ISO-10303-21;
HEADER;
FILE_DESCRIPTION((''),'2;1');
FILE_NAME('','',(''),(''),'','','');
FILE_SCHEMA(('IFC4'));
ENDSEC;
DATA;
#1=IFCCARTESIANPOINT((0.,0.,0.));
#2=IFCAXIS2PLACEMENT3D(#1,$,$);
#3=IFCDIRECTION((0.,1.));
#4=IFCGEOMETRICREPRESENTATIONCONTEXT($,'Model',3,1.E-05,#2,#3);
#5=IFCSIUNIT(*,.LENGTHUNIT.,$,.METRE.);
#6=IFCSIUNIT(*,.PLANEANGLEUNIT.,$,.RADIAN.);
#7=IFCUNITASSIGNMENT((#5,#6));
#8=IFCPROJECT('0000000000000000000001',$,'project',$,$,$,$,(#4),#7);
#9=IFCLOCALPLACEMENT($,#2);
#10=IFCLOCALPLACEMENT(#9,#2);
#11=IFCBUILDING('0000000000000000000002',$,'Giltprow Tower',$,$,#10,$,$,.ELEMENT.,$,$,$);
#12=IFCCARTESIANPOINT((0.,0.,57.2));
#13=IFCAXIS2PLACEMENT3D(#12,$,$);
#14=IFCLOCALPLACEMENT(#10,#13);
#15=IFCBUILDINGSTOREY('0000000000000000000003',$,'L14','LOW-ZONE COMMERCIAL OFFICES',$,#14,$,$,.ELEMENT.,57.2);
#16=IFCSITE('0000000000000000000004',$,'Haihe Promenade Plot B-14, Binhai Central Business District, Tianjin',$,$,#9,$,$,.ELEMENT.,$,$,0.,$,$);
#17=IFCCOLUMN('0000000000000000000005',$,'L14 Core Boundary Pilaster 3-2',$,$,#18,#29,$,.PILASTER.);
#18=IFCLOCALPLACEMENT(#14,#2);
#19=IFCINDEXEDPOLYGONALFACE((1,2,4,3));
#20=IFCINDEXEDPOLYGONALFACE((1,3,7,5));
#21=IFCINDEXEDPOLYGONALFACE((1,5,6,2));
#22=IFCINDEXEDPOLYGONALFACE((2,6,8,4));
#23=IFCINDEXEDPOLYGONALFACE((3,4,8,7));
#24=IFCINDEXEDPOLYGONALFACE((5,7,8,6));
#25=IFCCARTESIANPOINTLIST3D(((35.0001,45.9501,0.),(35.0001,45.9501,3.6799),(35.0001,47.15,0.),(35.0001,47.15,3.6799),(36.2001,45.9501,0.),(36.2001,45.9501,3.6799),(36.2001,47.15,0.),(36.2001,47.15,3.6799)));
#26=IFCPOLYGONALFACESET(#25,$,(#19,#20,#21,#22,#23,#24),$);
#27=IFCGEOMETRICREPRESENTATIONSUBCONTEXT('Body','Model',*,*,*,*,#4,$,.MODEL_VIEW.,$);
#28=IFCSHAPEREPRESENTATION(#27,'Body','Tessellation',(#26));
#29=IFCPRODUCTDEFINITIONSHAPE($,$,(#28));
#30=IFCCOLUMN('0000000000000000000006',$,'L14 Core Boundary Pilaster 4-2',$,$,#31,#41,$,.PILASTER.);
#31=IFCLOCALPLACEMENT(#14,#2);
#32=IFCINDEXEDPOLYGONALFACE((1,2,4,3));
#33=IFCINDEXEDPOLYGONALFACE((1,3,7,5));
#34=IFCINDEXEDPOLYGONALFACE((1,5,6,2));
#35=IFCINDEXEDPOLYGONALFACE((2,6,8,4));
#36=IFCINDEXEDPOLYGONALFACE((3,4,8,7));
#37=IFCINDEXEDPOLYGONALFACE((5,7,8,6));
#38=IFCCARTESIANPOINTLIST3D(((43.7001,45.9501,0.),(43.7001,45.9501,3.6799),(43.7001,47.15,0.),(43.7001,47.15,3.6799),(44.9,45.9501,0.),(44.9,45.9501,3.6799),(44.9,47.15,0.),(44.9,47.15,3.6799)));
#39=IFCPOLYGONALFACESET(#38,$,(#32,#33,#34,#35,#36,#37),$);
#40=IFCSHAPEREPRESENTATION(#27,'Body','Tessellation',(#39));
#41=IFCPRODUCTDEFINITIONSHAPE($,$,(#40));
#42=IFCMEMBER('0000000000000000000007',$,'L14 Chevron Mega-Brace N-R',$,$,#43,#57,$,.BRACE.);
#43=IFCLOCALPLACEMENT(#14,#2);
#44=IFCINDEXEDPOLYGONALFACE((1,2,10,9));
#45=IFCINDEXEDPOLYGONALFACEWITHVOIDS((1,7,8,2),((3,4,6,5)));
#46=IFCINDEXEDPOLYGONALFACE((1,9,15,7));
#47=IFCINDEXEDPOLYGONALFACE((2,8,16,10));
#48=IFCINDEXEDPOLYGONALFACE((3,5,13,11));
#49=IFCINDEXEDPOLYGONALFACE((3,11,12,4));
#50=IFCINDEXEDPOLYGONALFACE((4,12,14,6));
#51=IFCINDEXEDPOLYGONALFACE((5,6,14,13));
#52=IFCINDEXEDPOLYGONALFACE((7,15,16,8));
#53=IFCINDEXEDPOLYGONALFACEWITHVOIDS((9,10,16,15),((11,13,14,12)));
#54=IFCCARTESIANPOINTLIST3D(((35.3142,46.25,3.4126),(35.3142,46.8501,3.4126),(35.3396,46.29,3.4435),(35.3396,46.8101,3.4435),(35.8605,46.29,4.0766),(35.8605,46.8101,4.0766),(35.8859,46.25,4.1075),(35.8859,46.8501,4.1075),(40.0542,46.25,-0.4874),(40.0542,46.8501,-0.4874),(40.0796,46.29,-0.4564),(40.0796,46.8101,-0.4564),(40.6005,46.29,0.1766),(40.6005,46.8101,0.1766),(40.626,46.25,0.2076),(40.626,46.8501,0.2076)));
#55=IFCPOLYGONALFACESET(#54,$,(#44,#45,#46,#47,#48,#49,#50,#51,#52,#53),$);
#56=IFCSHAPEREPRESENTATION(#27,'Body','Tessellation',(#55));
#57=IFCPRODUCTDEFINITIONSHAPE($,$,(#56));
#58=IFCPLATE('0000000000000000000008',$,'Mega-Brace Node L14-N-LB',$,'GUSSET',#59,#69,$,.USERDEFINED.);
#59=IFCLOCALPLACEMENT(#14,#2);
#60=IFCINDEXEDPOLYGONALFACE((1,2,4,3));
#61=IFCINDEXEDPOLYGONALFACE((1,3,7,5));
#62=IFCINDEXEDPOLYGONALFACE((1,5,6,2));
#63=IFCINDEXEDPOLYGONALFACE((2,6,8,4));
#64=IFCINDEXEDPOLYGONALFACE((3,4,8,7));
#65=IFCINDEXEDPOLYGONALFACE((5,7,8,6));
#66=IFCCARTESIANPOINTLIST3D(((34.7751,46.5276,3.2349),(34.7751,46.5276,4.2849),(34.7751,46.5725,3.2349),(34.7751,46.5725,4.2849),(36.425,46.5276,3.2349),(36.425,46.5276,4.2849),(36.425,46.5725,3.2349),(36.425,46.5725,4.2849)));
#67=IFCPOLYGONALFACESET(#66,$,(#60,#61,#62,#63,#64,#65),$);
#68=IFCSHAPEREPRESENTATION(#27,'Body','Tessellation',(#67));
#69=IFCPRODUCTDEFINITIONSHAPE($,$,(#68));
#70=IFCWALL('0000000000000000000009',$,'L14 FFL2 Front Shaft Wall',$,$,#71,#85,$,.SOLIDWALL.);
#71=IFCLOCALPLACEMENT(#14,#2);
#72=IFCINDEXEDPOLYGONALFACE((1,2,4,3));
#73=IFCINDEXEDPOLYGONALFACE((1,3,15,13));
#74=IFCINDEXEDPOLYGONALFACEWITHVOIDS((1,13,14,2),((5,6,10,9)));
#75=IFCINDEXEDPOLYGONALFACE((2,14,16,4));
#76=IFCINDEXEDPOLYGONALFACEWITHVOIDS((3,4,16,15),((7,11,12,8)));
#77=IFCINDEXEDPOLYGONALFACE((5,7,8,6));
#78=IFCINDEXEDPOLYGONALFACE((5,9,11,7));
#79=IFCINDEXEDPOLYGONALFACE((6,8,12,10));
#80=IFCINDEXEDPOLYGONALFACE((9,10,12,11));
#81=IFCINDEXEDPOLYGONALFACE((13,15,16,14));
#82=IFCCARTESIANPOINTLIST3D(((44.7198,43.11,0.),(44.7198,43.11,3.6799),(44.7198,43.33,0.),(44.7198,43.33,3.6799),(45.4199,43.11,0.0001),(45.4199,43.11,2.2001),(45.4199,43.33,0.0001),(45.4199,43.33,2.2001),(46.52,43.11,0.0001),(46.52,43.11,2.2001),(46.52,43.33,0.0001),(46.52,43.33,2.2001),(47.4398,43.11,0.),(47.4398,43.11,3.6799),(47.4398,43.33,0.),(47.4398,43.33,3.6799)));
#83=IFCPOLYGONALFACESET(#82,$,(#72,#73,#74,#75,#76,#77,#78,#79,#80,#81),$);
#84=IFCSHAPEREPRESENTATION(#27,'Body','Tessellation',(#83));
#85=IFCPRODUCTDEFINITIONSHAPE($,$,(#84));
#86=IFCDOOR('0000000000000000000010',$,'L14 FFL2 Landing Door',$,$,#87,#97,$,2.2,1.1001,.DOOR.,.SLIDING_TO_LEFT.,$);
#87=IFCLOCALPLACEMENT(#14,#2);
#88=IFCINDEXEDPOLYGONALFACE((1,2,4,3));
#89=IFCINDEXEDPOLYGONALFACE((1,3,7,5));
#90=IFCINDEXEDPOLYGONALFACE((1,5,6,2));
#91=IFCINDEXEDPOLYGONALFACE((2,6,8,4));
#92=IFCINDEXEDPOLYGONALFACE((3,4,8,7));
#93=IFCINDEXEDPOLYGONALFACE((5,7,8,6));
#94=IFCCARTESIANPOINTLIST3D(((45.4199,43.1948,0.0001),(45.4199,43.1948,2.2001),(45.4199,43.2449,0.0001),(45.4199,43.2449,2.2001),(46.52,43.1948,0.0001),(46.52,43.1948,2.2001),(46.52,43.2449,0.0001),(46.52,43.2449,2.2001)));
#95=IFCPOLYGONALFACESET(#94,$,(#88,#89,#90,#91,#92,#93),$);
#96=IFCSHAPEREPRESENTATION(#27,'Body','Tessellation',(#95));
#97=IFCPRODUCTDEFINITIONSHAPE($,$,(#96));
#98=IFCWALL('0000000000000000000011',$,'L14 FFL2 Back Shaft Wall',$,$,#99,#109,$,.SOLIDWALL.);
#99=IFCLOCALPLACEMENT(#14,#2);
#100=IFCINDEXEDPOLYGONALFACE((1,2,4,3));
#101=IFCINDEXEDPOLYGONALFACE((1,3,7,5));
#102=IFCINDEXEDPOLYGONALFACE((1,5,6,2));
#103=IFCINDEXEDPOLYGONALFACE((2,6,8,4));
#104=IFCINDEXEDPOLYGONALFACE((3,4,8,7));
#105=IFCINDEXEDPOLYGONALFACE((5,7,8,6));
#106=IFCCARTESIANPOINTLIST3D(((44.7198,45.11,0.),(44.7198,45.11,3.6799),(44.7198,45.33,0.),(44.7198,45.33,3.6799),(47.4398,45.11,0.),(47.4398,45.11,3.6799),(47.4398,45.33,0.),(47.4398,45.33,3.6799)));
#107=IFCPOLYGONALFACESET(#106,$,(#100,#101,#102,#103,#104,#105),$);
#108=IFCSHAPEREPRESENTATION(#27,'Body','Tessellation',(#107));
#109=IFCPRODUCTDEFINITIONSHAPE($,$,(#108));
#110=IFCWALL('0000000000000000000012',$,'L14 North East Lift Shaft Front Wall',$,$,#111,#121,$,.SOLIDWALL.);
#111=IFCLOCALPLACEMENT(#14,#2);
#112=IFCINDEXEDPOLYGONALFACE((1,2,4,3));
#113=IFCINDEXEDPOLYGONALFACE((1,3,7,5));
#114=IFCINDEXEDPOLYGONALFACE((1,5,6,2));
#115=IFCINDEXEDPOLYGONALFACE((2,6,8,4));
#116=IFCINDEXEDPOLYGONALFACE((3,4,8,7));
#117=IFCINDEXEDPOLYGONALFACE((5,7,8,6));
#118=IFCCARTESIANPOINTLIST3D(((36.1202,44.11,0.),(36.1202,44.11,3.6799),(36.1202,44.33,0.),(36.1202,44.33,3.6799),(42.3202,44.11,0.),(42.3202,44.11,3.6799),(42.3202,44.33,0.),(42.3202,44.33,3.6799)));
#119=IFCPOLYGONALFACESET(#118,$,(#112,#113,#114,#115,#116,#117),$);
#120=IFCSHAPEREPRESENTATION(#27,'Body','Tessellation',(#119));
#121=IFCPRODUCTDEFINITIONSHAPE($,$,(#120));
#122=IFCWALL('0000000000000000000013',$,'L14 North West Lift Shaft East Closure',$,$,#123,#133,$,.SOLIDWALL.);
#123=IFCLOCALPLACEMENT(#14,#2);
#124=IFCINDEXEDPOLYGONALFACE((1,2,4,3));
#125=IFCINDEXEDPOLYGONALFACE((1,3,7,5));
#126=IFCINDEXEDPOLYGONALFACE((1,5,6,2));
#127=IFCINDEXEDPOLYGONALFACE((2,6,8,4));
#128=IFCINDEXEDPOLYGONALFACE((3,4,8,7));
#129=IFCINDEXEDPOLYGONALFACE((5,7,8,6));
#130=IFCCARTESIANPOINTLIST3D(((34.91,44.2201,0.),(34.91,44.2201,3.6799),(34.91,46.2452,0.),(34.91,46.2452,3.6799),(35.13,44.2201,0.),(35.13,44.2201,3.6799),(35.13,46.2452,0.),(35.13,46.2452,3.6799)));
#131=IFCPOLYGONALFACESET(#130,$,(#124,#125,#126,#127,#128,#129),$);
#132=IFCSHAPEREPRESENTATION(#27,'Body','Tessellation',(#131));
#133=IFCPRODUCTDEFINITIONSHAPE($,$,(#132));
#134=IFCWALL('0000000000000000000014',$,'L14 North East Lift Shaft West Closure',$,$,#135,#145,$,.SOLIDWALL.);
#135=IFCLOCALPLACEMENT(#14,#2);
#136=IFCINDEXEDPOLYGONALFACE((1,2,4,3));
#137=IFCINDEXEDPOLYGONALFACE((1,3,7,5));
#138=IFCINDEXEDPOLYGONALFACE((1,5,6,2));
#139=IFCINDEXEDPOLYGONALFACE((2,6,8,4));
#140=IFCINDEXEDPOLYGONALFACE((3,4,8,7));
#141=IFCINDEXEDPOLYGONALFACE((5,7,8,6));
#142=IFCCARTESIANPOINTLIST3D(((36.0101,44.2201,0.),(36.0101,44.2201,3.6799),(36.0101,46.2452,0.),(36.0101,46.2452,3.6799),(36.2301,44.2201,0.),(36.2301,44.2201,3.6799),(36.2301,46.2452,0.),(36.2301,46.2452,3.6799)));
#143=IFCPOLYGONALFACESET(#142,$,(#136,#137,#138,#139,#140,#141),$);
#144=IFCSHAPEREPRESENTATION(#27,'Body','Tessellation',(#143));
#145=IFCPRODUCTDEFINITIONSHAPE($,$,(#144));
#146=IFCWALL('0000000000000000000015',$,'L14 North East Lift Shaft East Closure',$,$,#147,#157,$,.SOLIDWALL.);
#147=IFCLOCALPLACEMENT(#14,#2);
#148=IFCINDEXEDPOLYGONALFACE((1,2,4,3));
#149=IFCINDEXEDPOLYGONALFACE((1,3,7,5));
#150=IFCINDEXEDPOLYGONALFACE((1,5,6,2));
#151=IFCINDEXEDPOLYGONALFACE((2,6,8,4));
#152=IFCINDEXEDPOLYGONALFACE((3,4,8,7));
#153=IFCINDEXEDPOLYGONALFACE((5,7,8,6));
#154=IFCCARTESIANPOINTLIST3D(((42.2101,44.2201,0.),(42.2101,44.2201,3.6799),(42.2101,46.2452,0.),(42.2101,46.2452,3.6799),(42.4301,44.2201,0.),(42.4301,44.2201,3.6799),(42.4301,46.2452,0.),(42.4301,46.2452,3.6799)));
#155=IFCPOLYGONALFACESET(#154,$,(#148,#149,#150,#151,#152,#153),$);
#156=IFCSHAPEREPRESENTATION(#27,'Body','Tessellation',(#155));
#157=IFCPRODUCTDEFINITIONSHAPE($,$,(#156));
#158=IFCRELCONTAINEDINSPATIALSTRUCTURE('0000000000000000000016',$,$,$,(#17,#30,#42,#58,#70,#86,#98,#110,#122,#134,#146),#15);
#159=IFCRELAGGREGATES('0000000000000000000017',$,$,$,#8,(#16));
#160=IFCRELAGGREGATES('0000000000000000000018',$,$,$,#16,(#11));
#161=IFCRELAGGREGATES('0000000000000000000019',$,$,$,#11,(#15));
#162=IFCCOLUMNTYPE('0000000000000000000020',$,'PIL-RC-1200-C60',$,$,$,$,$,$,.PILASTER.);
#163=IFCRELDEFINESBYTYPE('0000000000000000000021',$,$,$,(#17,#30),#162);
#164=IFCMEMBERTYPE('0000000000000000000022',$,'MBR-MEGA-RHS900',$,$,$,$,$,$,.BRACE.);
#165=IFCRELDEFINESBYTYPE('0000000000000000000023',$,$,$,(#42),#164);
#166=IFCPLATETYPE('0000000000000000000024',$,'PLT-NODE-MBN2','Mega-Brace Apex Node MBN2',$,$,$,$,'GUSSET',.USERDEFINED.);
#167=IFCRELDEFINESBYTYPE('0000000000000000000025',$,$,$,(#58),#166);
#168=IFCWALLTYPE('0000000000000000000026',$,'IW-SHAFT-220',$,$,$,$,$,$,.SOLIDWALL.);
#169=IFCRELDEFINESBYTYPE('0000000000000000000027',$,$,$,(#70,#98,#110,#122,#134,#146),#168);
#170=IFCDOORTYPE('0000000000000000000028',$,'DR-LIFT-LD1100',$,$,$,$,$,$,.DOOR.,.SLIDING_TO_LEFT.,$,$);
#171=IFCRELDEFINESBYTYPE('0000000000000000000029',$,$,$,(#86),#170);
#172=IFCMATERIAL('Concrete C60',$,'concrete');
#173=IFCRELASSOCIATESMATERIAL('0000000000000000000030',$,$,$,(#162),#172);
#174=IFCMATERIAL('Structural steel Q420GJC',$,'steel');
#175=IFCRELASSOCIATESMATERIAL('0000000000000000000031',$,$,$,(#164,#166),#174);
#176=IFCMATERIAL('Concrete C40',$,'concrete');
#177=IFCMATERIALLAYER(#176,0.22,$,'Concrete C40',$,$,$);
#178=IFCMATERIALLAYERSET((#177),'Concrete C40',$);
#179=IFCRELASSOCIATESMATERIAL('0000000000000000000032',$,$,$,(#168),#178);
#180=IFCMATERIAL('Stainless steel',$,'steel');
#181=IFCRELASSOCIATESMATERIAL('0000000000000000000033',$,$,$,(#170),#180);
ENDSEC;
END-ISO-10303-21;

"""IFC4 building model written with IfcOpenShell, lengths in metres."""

from ifc_helpers import new_model, si_unit, direction, frame, frame_2d, origin, origin_2d, place, context, subcontext, project, spatial, rectangle, hollow_rectangle, extrude, source, transform, mapped, material, layer, layer_set, material_profile, profile_set, type_object, element, fill, save


model = new_model("IFC4")

# Units and contexts
model_context = context("Model", 3, precision=1e-05, world=origin(), true_north=direction((0.0, 1.0)))
body_context = subcontext(model_context, "Body", "Model", "MODEL_VIEW")
ifc_project = project(units=[si_unit("LENGTHUNIT", "METRE"), si_unit("PLANEANGLEUNIT", "RADIAN")], contexts=[model_context])

# Site, building, storey
site_placement = place(None, origin())
site = spatial("IfcSite", under=ifc_project, at=site_placement, Name="Haihe Promenade Plot B-14, Binhai Central Business District, Tianjin", CompositionType="ELEMENT", RefElevation=0.0)
building_placement = place(site_placement, origin())
building = spatial("IfcBuilding", under=site, at=building_placement, Name="Giltprow Tower", CompositionType="ELEMENT")
storey_placement = place(building_placement, frame((0.0, 0.0, 57.2)))
storey = spatial("IfcBuildingStorey", under=building, at=storey_placement, Name="L14", Description="LOW-ZONE COMMERCIAL OFFICES", CompositionType="ELEMENT", Elevation=57.2)

# Columns
ifc_material_1 = material(Name="Concrete C60", Category="concrete")
ifc_material_profile_1 = material_profile(ifc_material_1, rectangle(XDim=1.2, YDim=1.2, at=origin_2d()), Name="RC 1200x1200")
ifc_profile_set_1 = profile_set([ifc_material_profile_1], Name="Concrete C60")
column_type = type_object("IfcColumnType", Name="PIL-RC-1200-C60", PredefinedType="PILASTER", material=ifc_profile_set_1)
shared_shape_1 = source(origin(), body_context, "Body", "SweptSolid", [
    extrude(rectangle(XDim=1.2, YDim=1.2, at=origin_2d()), origin(), (0.0, 0.0, 1.0), 3.6799),
])
for number, where, z_axis, x_axis, name in (
    (1, (35.6001, 46.55, 0.0), (0.0, 0.0, 1.0), (1.0, 0.0, 0.0), "L14 Core Boundary Pilaster 3-2"),
    (2, (44.3, 46.55, 0.0), (0.0, 0.0, 1.0), (1.0, 0.0, 0.0), "L14 Core Boundary Pilaster 4-2"),
):
    element("IfcColumn", number, at=place(storey_placement, frame(where, z_axis=z_axis, x_axis=x_axis)), inside=storey, type_object=column_type, Name=name, PredefinedType="PILASTER", context=body_context, shape_type="MappedRepresentation", body=[
        mapped(shared_shape_1, transform((0.0, 0.0, 0.0), x_axis=(1.0, 0.0, 0.0), y_axis=(0.0, 1.0, 0.0), z_axis=(0.0, 0.0, 1.0), scale=1.0)),
    ])

# Member
ifc_material_2 = material(Name="Structural steel Q420GJC", Category="steel")
ifc_material_profile_2 = material_profile(ifc_material_2, hollow_rectangle(XDim=0.6001, YDim=0.8999, WallThickness=0.04, at=origin_2d()), Name="RHS 900x600x40")
ifc_profile_set_2 = profile_set([ifc_material_profile_2], Name="Structural steel Q420GJC")
member_type = type_object("IfcMemberType", Name="MBR-MEGA-RHS900", PredefinedType="BRACE", material=ifc_profile_set_2)
shared_shape_2 = source(origin(), body_context, "Body", "SweptSolid", [
    extrude(hollow_rectangle(XDim=0.6001, YDim=0.8999, WallThickness=0.04, at=origin_2d()), origin(), (0.0, 0.0, 1.0), 6.1382),
])
member_placement = place(storey_placement, frame((40.3401, 46.55, -0.1399), z_axis=(-0.772219, 0.0, 0.635356), x_axis=(0.0, -1.0, 0.0)))
element("IfcMember", 3, at=member_placement, inside=storey, type_object=member_type, Name="L14 Chevron Mega-Brace N-R", PredefinedType="BRACE", context=body_context, shape_type="MappedRepresentation", body=[
    mapped(shared_shape_2, transform((0.0, 0.0, 0.0), x_axis=(1.0, 0.0, 0.0), y_axis=(0.0, 1.0, 0.0), z_axis=(0.0, 0.0, 1.0), scale=1.0)),
])

# Plate
plate_type = type_object("IfcPlateType", Name="PLT-NODE-MBN2", Description="Mega-Brace Apex Node MBN2", ElementType="GUSSET", PredefinedType="USERDEFINED", material=ifc_material_2)
shared_shape_3 = source(origin(), body_context, "Body", "SweptSolid", [
    extrude(rectangle(XDim=1.6499, YDim=0.0449, at=origin_2d()), origin(), (0.0, 0.0, 1.0), 1.05),
])
plate_placement = place(storey_placement, frame((35.6001, 46.55, 3.2349), z_axis=(0.0, 0.0, 1.0), x_axis=(1.0, 0.0, 0.0)))
element("IfcPlate", 4, at=plate_placement, inside=storey, type_object=plate_type, Name="Mega-Brace Node L14-N-LB", ObjectType="GUSSET", PredefinedType="USERDEFINED", context=body_context, shape_type="MappedRepresentation", body=[
    mapped(shared_shape_3, transform((0.0, 0.0, 0.0), x_axis=(1.0, 0.0, 0.0), y_axis=(0.0, 1.0, 0.0), z_axis=(0.0, 0.0, 1.0), scale=1.0)),
])

# Wall, opening, door
ifc_material_3 = material(Name="Concrete C40", Category="concrete")
ifc_layer_1 = layer(ifc_material_3, 0.22, Name="Concrete C40")
ifc_layer_set_1 = layer_set([ifc_layer_1], Name="Concrete C40")
wall_type_1 = type_object("IfcWallType", Name="IW-SHAFT-220", PredefinedType="SOLIDWALL", material=ifc_layer_set_1)
wall_1_placement = place(storey_placement, frame((44.72, 43.22, 0.0), z_axis=(0.0, 0.0, 1.0), x_axis=(1.0, 0.0, 0.0)))
wall_1 = element("IfcWall", 5, at=wall_1_placement, inside=storey, type_object=wall_type_1, Name="L14 FFL2 Front Shaft Wall", PredefinedType="SOLIDWALL", context=body_context, shape_type="SweptSolid", body=[
    extrude(rectangle(XDim=2.72, YDim=0.22, at=frame_2d((1.3599, 0.0))), origin(), (0.0, 0.0, 1.0), 3.6799),
])
opening_1_placement = place(wall_1_placement, frame((0.7, 0.0, 0.0)))
opening_1 = element("IfcOpeningElement", 6, at=opening_1_placement, cuts=wall_1, PredefinedType="OPENING", context=body_context, shape_type="SweptSolid", body=[
    extrude(rectangle(XDim=1.1001, YDim=2.2, at=frame_2d((0.55, 1.1001))), frame((0.0, 0.1199, 0.0), z_axis=(0.0, -1.0, 0.0), x_axis=(1.0, 0.0, 0.0)), (0.0, 0.0, 1.0), 0.24),
])
ifc_material_4 = material(Name="Stainless steel", Category="steel")
door_type = type_object("IfcDoorType", Name="DR-LIFT-LD1100", OperationType="SLIDING_TO_LEFT", PredefinedType="DOOR", material=ifc_material_4)
shared_shape_4 = source(origin(), body_context, "Body", "SweptSolid", [
    extrude(rectangle(XDim=1.1001, YDim=2.2, at=frame_2d((0.55, 1.1001))), frame((0.0, 0.0249, 0.0), z_axis=(0.0, -1.0, 0.0), x_axis=(1.0, 0.0, 0.0)), (0.0, 0.0, 1.0), 0.05),
])
door_1_placement = place(opening_1_placement, origin())
door_1 = element("IfcDoor", 7, at=door_1_placement, inside=storey, type_object=door_type, Name="L14 FFL2 Landing Door", OperationType="SLIDING_TO_LEFT", OverallHeight=2.2, OverallWidth=1.1001, PredefinedType="DOOR", context=body_context, shape_type="MappedRepresentation", body=[
    mapped(shared_shape_4, transform((0.0, 0.0, 0.0), x_axis=(1.0, 0.0, 0.0), y_axis=(0.0, 1.0, 0.0), z_axis=(0.0, 0.0, 1.0), scale=1.0)),
])
fill(opening_1, door_1)

# Walls
wall_2_placement = place(storey_placement, frame((44.72, 45.22, 0.0), z_axis=(0.0, 0.0, 1.0), x_axis=(1.0, 0.0, 0.0)))
element("IfcWall", 8, at=wall_2_placement, inside=storey, type_object=wall_type_1, Name="L14 FFL2 Back Shaft Wall", PredefinedType="SOLIDWALL", context=body_context, shape_type="SweptSolid", body=[
    extrude(rectangle(XDim=2.72, YDim=0.22, at=frame_2d((1.3599, 0.0))), origin(), (0.0, 0.0, 1.0), 3.6799),
])
wall_3_placement = place(storey_placement, frame((36.1201, 44.22, 0.0), z_axis=(0.0, 0.0, 1.0), x_axis=(1.0, 0.0, 0.0)))
element("IfcWall", 9, at=wall_3_placement, inside=storey, type_object=wall_type_1, Name="L14 North East Lift Shaft Front Wall", PredefinedType="SOLIDWALL", context=body_context, shape_type="SweptSolid", body=[
    extrude(rectangle(XDim=6.2, YDim=0.22, at=frame_2d((3.1001, 0.0))), origin(), (0.0, 0.0, 1.0), 3.6799),
])
for number, where, z_axis, x_axis, name in (
    (10, (35.02, 44.22, 0.0), (0.0, 0.0, 1.0), (0.0, 1.0, 0.0), "L14 North West Lift Shaft East Closure"),
    (11, (36.1201, 44.22, 0.0), (0.0, 0.0, 1.0), (0.0, 1.0, 0.0), "L14 North East Lift Shaft West Closure"),
    (12, (42.3201, 44.22, 0.0), (0.0, 0.0, 1.0), (0.0, 1.0, 0.0), "L14 North East Lift Shaft East Closure"),
):
    element("IfcWall", number, at=place(storey_placement, frame(where, z_axis=z_axis, x_axis=x_axis)), inside=storey, type_object=wall_type_1, Name=name, PredefinedType="SOLIDWALL", context=body_context, shape_type="SweptSolid", body=[
        extrude(rectangle(XDim=2.0251, YDim=0.22, at=frame_2d((1.0127, 0.0))), origin(), (0.0, 0.0, 1.0), 3.6799),
    ])

save(model, "model.ifc")
